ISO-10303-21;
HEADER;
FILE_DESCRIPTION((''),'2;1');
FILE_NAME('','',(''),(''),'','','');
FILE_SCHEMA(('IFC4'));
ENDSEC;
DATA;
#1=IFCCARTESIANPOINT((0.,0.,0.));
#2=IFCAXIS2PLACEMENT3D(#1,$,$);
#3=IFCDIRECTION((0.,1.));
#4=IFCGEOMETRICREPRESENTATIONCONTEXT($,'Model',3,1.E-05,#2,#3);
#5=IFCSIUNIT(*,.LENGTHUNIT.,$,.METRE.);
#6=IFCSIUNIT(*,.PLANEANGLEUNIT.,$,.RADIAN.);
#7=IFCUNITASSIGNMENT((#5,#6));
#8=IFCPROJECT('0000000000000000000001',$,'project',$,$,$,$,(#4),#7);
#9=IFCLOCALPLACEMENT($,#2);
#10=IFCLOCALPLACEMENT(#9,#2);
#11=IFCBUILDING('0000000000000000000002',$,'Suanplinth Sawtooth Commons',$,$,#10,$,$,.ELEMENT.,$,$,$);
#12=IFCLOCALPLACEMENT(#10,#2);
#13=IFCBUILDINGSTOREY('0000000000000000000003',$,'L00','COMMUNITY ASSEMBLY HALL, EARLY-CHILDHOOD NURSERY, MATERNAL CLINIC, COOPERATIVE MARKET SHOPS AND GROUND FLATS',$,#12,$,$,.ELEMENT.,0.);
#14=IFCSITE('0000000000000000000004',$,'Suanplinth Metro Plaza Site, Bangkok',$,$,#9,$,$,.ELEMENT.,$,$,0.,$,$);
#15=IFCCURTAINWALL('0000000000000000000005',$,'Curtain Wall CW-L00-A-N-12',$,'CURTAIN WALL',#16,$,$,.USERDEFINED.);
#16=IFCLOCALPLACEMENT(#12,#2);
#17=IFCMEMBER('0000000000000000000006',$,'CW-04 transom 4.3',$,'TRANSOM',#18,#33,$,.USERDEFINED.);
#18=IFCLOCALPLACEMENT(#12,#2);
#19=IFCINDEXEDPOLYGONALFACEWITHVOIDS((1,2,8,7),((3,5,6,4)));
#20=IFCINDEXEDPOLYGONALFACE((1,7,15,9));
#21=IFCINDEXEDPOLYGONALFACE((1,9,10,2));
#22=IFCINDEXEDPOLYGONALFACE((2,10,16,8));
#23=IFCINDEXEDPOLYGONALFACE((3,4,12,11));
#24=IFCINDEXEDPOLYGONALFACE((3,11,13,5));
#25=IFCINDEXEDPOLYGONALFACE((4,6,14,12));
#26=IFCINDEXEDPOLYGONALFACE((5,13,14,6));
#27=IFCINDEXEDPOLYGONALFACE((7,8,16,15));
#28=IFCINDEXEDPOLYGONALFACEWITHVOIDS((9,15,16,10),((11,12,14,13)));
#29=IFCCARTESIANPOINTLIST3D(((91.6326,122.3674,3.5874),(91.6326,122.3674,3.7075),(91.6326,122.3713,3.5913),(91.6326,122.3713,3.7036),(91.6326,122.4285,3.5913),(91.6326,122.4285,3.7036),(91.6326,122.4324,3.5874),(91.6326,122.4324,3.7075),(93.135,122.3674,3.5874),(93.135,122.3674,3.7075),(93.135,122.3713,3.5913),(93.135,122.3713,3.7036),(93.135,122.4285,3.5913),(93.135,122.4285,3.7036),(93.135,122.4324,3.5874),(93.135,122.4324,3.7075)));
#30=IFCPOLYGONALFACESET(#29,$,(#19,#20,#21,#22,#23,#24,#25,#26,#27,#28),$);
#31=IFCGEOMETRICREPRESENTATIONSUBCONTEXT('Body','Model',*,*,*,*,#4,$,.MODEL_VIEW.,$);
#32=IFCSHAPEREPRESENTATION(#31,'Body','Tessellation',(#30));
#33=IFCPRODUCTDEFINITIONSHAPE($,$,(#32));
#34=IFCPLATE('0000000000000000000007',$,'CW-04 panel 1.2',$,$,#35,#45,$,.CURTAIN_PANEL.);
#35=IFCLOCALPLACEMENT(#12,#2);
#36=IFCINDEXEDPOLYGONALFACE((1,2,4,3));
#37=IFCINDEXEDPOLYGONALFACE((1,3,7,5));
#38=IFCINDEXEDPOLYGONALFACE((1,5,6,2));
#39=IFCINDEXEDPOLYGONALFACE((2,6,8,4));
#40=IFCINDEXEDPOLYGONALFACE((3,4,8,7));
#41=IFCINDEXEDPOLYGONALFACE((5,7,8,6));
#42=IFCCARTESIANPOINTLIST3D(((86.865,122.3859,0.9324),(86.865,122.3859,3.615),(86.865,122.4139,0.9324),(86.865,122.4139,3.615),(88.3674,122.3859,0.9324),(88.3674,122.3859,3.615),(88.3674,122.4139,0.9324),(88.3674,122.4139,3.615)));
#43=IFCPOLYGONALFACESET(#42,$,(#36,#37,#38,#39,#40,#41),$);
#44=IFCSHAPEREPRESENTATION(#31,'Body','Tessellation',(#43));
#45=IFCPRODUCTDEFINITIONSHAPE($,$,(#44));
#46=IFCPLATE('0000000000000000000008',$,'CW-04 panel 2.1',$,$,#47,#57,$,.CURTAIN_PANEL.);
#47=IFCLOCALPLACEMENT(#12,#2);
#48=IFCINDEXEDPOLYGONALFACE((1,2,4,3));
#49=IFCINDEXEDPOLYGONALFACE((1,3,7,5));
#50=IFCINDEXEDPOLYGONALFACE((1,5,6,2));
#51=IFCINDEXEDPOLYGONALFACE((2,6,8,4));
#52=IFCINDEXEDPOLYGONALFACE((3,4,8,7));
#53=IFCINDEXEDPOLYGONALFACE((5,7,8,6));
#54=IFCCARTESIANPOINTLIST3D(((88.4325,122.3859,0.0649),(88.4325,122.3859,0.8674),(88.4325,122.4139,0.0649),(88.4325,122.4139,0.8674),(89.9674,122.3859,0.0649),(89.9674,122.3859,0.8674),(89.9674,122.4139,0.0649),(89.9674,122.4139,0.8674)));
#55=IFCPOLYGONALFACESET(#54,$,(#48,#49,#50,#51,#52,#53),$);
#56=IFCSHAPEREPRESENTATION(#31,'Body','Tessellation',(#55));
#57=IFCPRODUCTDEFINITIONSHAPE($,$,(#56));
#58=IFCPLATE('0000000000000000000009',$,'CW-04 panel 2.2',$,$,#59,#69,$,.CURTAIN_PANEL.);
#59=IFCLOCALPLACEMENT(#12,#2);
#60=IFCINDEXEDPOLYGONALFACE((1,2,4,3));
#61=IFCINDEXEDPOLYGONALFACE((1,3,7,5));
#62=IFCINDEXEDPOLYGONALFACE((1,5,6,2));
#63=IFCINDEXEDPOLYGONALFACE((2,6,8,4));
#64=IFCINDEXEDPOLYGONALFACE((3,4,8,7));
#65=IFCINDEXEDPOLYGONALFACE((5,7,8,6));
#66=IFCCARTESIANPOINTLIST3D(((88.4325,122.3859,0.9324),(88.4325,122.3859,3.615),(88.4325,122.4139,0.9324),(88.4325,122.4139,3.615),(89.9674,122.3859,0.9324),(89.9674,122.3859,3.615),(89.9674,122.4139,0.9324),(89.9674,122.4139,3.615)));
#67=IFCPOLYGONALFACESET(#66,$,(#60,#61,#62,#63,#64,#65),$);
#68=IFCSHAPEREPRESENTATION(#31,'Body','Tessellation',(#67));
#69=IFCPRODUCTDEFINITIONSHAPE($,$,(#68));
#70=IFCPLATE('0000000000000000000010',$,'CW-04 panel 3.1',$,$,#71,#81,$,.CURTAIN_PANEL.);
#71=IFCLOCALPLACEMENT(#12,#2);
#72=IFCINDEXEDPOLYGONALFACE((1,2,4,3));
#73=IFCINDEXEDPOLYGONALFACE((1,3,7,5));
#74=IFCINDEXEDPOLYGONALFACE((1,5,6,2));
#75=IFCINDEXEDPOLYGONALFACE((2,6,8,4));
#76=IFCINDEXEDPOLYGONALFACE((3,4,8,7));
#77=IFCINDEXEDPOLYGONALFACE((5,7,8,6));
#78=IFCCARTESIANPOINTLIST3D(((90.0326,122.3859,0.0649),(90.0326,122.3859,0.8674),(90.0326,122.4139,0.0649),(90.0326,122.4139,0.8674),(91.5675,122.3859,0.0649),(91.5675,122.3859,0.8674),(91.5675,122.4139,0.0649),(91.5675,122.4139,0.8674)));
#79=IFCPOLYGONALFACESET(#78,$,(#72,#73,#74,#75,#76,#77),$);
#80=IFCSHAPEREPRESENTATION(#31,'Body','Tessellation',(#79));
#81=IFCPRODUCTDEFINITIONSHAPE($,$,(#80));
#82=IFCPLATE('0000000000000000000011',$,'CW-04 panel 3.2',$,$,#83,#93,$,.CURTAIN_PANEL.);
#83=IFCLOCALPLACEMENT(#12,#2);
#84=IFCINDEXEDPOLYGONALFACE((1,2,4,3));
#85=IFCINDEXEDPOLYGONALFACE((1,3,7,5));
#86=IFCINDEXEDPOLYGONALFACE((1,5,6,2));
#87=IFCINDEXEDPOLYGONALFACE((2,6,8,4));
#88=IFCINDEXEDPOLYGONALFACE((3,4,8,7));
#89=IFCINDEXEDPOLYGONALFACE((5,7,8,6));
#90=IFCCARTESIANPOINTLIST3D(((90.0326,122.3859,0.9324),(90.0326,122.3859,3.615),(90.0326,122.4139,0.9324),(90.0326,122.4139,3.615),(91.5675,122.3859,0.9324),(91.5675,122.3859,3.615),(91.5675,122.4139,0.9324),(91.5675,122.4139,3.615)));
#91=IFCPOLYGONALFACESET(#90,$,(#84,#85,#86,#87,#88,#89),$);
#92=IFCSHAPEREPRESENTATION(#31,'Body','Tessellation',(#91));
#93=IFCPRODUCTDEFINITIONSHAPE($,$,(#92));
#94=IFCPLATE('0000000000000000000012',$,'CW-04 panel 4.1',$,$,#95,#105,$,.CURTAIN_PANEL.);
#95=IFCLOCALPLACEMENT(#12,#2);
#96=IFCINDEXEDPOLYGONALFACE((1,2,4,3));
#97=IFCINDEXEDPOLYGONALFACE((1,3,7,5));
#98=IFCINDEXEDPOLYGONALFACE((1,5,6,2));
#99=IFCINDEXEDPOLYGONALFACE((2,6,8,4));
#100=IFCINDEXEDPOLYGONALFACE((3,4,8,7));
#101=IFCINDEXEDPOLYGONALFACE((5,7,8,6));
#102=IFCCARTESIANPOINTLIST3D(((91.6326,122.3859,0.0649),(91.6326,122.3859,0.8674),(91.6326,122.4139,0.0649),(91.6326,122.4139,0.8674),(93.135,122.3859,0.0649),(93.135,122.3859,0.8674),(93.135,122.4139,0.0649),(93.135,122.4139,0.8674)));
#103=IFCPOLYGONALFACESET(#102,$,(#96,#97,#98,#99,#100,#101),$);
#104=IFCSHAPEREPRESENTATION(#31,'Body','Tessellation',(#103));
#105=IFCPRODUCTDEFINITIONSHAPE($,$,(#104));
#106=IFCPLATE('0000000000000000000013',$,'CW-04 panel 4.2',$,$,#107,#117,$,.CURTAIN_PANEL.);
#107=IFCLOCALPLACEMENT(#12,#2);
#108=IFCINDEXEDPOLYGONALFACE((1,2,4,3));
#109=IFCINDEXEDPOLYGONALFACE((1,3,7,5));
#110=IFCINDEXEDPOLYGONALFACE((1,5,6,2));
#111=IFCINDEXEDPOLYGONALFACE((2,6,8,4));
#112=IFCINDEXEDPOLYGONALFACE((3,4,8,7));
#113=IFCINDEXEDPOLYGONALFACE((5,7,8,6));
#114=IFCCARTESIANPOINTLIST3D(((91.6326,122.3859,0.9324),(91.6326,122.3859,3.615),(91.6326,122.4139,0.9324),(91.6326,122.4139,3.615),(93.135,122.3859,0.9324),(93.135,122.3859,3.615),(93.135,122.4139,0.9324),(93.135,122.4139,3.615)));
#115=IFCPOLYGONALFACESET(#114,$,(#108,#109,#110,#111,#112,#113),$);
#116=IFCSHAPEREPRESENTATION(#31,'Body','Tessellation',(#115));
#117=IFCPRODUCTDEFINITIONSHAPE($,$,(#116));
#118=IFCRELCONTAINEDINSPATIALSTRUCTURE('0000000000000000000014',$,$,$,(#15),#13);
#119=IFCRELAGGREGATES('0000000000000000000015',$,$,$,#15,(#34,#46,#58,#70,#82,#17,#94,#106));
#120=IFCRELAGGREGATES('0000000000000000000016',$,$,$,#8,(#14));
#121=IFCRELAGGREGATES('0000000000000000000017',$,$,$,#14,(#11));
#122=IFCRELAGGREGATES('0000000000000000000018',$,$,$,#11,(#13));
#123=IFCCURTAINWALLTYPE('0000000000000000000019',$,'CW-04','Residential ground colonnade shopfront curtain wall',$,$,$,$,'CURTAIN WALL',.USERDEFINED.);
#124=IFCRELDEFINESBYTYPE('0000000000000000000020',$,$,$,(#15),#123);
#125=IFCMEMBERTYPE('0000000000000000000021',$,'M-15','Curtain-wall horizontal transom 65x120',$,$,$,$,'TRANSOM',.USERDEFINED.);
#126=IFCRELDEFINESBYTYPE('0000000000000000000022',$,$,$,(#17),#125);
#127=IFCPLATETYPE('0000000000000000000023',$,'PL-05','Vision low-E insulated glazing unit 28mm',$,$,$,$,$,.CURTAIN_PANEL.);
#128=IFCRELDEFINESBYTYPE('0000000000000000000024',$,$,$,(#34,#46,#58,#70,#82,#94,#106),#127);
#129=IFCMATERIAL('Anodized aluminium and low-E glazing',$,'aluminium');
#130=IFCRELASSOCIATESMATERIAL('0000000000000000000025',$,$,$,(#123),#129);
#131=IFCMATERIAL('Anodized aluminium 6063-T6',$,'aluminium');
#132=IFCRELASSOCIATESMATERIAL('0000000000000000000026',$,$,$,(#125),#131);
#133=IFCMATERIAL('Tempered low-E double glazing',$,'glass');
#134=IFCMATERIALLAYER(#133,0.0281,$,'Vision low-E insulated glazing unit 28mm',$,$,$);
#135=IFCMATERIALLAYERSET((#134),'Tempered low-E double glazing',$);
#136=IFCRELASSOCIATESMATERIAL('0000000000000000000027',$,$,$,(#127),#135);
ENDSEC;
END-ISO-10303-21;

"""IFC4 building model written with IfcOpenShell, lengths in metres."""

from ifc_helpers import new_model, si_unit, direction, frame, origin, origin_2d, place, context, subcontext, project, spatial, rectangle, hollow_rectangle, extrude, material, layer, layer_set, material_profile, profile_set, type_object, element, aggregate, save


model = new_model("IFC4")

# Units and contexts
model_context = context("Model", 3, precision=1e-05, world=origin(), true_north=direction((0.0, 1.0)))
body_context = subcontext(model_context, "Body", "Model", "MODEL_VIEW")
ifc_project = project(units=[si_unit("LENGTHUNIT", "METRE"), si_unit("PLANEANGLEUNIT", "RADIAN")], contexts=[model_context])

# Site, building, storey
site_placement = place(None, origin())
site = spatial("IfcSite", under=ifc_project, at=site_placement, Name="Suanplinth Metro Plaza Site, Bangkok", CompositionType="ELEMENT", RefElevation=0.0)
building_placement = place(site_placement, origin())
building = spatial("IfcBuilding", under=site, at=building_placement, Name="Suanplinth Sawtooth Commons", CompositionType="ELEMENT")
storey_placement = place(building_placement, origin())
storey = spatial("IfcBuildingStorey", under=building, at=storey_placement, Name="L00", Description="COMMUNITY ASSEMBLY HALL, EARLY-CHILDHOOD NURSERY, MATERNAL CLINIC, COOPERATIVE MARKET SHOPS AND GROUND FLATS", CompositionType="ELEMENT", Elevation=0.0)

# Curtain wall, member, plates
ifc_material_1 = material(Name="Anodized aluminium and low-E glazing", Category="aluminium")
curtain_wall_type = type_object("IfcCurtainWallType", Name="CW-04", Description="Residential ground colonnade shopfront curtain wall", ElementType="CURTAIN WALL", PredefinedType="USERDEFINED", material=ifc_material_1)
curtain_wall_placement = place(storey_placement, origin())
curtain_wall = element("IfcCurtainWall", 1, at=curtain_wall_placement, inside=storey, type_object=curtain_wall_type, Name="Curtain Wall CW-L00-A-N-12", ObjectType="CURTAIN WALL", PredefinedType="USERDEFINED")
ifc_material_2 = material(Name="Anodized aluminium 6063-T6", Category="aluminium")
ifc_material_profile_1 = material_profile(ifc_material_2, hollow_rectangle(XDim=0.0649, YDim=0.1201, WallThickness=0.0039, at=origin_2d()), Name="ALU-TRN 65x120")
ifc_profile_set_1 = profile_set([ifc_material_profile_1], Name="Anodized aluminium 6063-T6")
member_type_1 = type_object("IfcMemberType", Name="M-15", Description="Curtain-wall horizontal transom 65x120", ElementType="TRANSOM", PredefinedType="USERDEFINED", material=ifc_profile_set_1)
member_1_placement = place(storey_placement, frame((91.6326, 122.3999, 3.6475), z_axis=(1.0, 0.0, 0.0), x_axis=(0.0, 1.0, 0.0)))
member_1 = element("IfcMember", 2, at=member_1_placement, type_object=member_type_1, Name="CW-04 transom 4.3", ObjectType="TRANSOM", PredefinedType="USERDEFINED", context=body_context, shape_type="SweptSolid", body=[
    extrude(hollow_rectangle(XDim=0.0649, YDim=0.1201, WallThickness=0.0039, at=origin_2d()), origin(), (0.0, 0.0, 1.0), 1.5024),
])
ifc_material_3 = material(Name="Tempered low-E double glazing", Category="glass")
ifc_layer = layer(ifc_material_3, 0.0281, Name="Vision low-E insulated glazing unit 28mm")
ifc_layer_set = layer_set([ifc_layer], Name="Tempered low-E double glazing")
plate_type = type_object("IfcPlateType", Name="PL-05", Description="Vision low-E insulated glazing unit 28mm", PredefinedType="CURTAIN_PANEL", material=ifc_layer_set)
plate_1_placement = place(storey_placement, frame((87.6162, 122.3999, 0.9324), z_axis=(0.0, 0.0, 1.0), x_axis=(1.0, 0.0, 0.0)))
plate_1 = element("IfcPlate", 3, at=plate_1_placement, type_object=plate_type, Name="CW-04 panel 1.2", PredefinedType="CURTAIN_PANEL", context=body_context, shape_type="SweptSolid", body=[
    extrude(rectangle(XDim=1.5024, YDim=0.0281, at=origin_2d()), origin(), (0.0, 0.0, 1.0), 2.6826),
])
plate_2_placement = place(storey_placement, frame((89.2, 122.3999, 0.0649), z_axis=(0.0, 0.0, 1.0), x_axis=(1.0, 0.0, 0.0)))
plate_2 = element("IfcPlate", 4, at=plate_2_placement, type_object=plate_type, Name="CW-04 panel 2.1", PredefinedType="CURTAIN_PANEL", context=body_context, shape_type="SweptSolid", body=[
    extrude(rectangle(XDim=1.5349, YDim=0.0281, at=origin_2d()), origin(), (0.0, 0.0, 1.0), 0.8025),
])
plate_3_placement = place(storey_placement, frame((89.2, 122.3999, 0.9324), z_axis=(0.0, 0.0, 1.0), x_axis=(1.0, 0.0, 0.0)))
plate_3 = element("IfcPlate", 5, at=plate_3_placement, type_object=plate_type, Name="CW-04 panel 2.2", PredefinedType="CURTAIN_PANEL", context=body_context, shape_type="SweptSolid", body=[
    extrude(rectangle(XDim=1.5349, YDim=0.0281, at=origin_2d()), origin(), (0.0, 0.0, 1.0), 2.6826),
])
plate_4_placement = place(storey_placement, frame((90.8, 122.3999, 0.0649), z_axis=(0.0, 0.0, 1.0), x_axis=(1.0, 0.0, 0.0)))
plate_4 = element("IfcPlate", 6, at=plate_4_placement, type_object=plate_type, Name="CW-04 panel 3.1", PredefinedType="CURTAIN_PANEL", context=body_context, shape_type="SweptSolid", body=[
    extrude(rectangle(XDim=1.5349, YDim=0.0281, at=origin_2d()), origin(), (0.0, 0.0, 1.0), 0.8025),
])
plate_5_placement = place(storey_placement, frame((90.8, 122.3999, 0.9324), z_axis=(0.0, 0.0, 1.0), x_axis=(1.0, 0.0, 0.0)))
plate_5 = element("IfcPlate", 7, at=plate_5_placement, type_object=plate_type, Name="CW-04 panel 3.2", PredefinedType="CURTAIN_PANEL", context=body_context, shape_type="SweptSolid", body=[
    extrude(rectangle(XDim=1.5349, YDim=0.0281, at=origin_2d()), origin(), (0.0, 0.0, 1.0), 2.6826),
])
plate_6_placement = place(storey_placement, frame((92.3838, 122.3999, 0.0649), z_axis=(0.0, 0.0, 1.0), x_axis=(1.0, 0.0, 0.0)))
plate_6 = element("IfcPlate", 8, at=plate_6_placement, type_object=plate_type, Name="CW-04 panel 4.1", PredefinedType="CURTAIN_PANEL", context=body_context, shape_type="SweptSolid", body=[
    extrude(rectangle(XDim=1.5024, YDim=0.0281, at=origin_2d()), origin(), (0.0, 0.0, 1.0), 0.8025),
])
plate_7_placement = place(storey_placement, frame((92.3838, 122.3999, 0.9324), z_axis=(0.0, 0.0, 1.0), x_axis=(1.0, 0.0, 0.0)))
plate_7 = element("IfcPlate", 9, at=plate_7_placement, type_object=plate_type, Name="CW-04 panel 4.2", PredefinedType="CURTAIN_PANEL", context=body_context, shape_type="SweptSolid", body=[
    extrude(rectangle(XDim=1.5024, YDim=0.0281, at=origin_2d()), origin(), (0.0, 0.0, 1.0), 2.6826),
])
aggregate(curtain_wall, [plate_1, plate_2, plate_3, plate_4, plate_5, member_1, plate_6, plate_7])

save(model, "model.ifc")
